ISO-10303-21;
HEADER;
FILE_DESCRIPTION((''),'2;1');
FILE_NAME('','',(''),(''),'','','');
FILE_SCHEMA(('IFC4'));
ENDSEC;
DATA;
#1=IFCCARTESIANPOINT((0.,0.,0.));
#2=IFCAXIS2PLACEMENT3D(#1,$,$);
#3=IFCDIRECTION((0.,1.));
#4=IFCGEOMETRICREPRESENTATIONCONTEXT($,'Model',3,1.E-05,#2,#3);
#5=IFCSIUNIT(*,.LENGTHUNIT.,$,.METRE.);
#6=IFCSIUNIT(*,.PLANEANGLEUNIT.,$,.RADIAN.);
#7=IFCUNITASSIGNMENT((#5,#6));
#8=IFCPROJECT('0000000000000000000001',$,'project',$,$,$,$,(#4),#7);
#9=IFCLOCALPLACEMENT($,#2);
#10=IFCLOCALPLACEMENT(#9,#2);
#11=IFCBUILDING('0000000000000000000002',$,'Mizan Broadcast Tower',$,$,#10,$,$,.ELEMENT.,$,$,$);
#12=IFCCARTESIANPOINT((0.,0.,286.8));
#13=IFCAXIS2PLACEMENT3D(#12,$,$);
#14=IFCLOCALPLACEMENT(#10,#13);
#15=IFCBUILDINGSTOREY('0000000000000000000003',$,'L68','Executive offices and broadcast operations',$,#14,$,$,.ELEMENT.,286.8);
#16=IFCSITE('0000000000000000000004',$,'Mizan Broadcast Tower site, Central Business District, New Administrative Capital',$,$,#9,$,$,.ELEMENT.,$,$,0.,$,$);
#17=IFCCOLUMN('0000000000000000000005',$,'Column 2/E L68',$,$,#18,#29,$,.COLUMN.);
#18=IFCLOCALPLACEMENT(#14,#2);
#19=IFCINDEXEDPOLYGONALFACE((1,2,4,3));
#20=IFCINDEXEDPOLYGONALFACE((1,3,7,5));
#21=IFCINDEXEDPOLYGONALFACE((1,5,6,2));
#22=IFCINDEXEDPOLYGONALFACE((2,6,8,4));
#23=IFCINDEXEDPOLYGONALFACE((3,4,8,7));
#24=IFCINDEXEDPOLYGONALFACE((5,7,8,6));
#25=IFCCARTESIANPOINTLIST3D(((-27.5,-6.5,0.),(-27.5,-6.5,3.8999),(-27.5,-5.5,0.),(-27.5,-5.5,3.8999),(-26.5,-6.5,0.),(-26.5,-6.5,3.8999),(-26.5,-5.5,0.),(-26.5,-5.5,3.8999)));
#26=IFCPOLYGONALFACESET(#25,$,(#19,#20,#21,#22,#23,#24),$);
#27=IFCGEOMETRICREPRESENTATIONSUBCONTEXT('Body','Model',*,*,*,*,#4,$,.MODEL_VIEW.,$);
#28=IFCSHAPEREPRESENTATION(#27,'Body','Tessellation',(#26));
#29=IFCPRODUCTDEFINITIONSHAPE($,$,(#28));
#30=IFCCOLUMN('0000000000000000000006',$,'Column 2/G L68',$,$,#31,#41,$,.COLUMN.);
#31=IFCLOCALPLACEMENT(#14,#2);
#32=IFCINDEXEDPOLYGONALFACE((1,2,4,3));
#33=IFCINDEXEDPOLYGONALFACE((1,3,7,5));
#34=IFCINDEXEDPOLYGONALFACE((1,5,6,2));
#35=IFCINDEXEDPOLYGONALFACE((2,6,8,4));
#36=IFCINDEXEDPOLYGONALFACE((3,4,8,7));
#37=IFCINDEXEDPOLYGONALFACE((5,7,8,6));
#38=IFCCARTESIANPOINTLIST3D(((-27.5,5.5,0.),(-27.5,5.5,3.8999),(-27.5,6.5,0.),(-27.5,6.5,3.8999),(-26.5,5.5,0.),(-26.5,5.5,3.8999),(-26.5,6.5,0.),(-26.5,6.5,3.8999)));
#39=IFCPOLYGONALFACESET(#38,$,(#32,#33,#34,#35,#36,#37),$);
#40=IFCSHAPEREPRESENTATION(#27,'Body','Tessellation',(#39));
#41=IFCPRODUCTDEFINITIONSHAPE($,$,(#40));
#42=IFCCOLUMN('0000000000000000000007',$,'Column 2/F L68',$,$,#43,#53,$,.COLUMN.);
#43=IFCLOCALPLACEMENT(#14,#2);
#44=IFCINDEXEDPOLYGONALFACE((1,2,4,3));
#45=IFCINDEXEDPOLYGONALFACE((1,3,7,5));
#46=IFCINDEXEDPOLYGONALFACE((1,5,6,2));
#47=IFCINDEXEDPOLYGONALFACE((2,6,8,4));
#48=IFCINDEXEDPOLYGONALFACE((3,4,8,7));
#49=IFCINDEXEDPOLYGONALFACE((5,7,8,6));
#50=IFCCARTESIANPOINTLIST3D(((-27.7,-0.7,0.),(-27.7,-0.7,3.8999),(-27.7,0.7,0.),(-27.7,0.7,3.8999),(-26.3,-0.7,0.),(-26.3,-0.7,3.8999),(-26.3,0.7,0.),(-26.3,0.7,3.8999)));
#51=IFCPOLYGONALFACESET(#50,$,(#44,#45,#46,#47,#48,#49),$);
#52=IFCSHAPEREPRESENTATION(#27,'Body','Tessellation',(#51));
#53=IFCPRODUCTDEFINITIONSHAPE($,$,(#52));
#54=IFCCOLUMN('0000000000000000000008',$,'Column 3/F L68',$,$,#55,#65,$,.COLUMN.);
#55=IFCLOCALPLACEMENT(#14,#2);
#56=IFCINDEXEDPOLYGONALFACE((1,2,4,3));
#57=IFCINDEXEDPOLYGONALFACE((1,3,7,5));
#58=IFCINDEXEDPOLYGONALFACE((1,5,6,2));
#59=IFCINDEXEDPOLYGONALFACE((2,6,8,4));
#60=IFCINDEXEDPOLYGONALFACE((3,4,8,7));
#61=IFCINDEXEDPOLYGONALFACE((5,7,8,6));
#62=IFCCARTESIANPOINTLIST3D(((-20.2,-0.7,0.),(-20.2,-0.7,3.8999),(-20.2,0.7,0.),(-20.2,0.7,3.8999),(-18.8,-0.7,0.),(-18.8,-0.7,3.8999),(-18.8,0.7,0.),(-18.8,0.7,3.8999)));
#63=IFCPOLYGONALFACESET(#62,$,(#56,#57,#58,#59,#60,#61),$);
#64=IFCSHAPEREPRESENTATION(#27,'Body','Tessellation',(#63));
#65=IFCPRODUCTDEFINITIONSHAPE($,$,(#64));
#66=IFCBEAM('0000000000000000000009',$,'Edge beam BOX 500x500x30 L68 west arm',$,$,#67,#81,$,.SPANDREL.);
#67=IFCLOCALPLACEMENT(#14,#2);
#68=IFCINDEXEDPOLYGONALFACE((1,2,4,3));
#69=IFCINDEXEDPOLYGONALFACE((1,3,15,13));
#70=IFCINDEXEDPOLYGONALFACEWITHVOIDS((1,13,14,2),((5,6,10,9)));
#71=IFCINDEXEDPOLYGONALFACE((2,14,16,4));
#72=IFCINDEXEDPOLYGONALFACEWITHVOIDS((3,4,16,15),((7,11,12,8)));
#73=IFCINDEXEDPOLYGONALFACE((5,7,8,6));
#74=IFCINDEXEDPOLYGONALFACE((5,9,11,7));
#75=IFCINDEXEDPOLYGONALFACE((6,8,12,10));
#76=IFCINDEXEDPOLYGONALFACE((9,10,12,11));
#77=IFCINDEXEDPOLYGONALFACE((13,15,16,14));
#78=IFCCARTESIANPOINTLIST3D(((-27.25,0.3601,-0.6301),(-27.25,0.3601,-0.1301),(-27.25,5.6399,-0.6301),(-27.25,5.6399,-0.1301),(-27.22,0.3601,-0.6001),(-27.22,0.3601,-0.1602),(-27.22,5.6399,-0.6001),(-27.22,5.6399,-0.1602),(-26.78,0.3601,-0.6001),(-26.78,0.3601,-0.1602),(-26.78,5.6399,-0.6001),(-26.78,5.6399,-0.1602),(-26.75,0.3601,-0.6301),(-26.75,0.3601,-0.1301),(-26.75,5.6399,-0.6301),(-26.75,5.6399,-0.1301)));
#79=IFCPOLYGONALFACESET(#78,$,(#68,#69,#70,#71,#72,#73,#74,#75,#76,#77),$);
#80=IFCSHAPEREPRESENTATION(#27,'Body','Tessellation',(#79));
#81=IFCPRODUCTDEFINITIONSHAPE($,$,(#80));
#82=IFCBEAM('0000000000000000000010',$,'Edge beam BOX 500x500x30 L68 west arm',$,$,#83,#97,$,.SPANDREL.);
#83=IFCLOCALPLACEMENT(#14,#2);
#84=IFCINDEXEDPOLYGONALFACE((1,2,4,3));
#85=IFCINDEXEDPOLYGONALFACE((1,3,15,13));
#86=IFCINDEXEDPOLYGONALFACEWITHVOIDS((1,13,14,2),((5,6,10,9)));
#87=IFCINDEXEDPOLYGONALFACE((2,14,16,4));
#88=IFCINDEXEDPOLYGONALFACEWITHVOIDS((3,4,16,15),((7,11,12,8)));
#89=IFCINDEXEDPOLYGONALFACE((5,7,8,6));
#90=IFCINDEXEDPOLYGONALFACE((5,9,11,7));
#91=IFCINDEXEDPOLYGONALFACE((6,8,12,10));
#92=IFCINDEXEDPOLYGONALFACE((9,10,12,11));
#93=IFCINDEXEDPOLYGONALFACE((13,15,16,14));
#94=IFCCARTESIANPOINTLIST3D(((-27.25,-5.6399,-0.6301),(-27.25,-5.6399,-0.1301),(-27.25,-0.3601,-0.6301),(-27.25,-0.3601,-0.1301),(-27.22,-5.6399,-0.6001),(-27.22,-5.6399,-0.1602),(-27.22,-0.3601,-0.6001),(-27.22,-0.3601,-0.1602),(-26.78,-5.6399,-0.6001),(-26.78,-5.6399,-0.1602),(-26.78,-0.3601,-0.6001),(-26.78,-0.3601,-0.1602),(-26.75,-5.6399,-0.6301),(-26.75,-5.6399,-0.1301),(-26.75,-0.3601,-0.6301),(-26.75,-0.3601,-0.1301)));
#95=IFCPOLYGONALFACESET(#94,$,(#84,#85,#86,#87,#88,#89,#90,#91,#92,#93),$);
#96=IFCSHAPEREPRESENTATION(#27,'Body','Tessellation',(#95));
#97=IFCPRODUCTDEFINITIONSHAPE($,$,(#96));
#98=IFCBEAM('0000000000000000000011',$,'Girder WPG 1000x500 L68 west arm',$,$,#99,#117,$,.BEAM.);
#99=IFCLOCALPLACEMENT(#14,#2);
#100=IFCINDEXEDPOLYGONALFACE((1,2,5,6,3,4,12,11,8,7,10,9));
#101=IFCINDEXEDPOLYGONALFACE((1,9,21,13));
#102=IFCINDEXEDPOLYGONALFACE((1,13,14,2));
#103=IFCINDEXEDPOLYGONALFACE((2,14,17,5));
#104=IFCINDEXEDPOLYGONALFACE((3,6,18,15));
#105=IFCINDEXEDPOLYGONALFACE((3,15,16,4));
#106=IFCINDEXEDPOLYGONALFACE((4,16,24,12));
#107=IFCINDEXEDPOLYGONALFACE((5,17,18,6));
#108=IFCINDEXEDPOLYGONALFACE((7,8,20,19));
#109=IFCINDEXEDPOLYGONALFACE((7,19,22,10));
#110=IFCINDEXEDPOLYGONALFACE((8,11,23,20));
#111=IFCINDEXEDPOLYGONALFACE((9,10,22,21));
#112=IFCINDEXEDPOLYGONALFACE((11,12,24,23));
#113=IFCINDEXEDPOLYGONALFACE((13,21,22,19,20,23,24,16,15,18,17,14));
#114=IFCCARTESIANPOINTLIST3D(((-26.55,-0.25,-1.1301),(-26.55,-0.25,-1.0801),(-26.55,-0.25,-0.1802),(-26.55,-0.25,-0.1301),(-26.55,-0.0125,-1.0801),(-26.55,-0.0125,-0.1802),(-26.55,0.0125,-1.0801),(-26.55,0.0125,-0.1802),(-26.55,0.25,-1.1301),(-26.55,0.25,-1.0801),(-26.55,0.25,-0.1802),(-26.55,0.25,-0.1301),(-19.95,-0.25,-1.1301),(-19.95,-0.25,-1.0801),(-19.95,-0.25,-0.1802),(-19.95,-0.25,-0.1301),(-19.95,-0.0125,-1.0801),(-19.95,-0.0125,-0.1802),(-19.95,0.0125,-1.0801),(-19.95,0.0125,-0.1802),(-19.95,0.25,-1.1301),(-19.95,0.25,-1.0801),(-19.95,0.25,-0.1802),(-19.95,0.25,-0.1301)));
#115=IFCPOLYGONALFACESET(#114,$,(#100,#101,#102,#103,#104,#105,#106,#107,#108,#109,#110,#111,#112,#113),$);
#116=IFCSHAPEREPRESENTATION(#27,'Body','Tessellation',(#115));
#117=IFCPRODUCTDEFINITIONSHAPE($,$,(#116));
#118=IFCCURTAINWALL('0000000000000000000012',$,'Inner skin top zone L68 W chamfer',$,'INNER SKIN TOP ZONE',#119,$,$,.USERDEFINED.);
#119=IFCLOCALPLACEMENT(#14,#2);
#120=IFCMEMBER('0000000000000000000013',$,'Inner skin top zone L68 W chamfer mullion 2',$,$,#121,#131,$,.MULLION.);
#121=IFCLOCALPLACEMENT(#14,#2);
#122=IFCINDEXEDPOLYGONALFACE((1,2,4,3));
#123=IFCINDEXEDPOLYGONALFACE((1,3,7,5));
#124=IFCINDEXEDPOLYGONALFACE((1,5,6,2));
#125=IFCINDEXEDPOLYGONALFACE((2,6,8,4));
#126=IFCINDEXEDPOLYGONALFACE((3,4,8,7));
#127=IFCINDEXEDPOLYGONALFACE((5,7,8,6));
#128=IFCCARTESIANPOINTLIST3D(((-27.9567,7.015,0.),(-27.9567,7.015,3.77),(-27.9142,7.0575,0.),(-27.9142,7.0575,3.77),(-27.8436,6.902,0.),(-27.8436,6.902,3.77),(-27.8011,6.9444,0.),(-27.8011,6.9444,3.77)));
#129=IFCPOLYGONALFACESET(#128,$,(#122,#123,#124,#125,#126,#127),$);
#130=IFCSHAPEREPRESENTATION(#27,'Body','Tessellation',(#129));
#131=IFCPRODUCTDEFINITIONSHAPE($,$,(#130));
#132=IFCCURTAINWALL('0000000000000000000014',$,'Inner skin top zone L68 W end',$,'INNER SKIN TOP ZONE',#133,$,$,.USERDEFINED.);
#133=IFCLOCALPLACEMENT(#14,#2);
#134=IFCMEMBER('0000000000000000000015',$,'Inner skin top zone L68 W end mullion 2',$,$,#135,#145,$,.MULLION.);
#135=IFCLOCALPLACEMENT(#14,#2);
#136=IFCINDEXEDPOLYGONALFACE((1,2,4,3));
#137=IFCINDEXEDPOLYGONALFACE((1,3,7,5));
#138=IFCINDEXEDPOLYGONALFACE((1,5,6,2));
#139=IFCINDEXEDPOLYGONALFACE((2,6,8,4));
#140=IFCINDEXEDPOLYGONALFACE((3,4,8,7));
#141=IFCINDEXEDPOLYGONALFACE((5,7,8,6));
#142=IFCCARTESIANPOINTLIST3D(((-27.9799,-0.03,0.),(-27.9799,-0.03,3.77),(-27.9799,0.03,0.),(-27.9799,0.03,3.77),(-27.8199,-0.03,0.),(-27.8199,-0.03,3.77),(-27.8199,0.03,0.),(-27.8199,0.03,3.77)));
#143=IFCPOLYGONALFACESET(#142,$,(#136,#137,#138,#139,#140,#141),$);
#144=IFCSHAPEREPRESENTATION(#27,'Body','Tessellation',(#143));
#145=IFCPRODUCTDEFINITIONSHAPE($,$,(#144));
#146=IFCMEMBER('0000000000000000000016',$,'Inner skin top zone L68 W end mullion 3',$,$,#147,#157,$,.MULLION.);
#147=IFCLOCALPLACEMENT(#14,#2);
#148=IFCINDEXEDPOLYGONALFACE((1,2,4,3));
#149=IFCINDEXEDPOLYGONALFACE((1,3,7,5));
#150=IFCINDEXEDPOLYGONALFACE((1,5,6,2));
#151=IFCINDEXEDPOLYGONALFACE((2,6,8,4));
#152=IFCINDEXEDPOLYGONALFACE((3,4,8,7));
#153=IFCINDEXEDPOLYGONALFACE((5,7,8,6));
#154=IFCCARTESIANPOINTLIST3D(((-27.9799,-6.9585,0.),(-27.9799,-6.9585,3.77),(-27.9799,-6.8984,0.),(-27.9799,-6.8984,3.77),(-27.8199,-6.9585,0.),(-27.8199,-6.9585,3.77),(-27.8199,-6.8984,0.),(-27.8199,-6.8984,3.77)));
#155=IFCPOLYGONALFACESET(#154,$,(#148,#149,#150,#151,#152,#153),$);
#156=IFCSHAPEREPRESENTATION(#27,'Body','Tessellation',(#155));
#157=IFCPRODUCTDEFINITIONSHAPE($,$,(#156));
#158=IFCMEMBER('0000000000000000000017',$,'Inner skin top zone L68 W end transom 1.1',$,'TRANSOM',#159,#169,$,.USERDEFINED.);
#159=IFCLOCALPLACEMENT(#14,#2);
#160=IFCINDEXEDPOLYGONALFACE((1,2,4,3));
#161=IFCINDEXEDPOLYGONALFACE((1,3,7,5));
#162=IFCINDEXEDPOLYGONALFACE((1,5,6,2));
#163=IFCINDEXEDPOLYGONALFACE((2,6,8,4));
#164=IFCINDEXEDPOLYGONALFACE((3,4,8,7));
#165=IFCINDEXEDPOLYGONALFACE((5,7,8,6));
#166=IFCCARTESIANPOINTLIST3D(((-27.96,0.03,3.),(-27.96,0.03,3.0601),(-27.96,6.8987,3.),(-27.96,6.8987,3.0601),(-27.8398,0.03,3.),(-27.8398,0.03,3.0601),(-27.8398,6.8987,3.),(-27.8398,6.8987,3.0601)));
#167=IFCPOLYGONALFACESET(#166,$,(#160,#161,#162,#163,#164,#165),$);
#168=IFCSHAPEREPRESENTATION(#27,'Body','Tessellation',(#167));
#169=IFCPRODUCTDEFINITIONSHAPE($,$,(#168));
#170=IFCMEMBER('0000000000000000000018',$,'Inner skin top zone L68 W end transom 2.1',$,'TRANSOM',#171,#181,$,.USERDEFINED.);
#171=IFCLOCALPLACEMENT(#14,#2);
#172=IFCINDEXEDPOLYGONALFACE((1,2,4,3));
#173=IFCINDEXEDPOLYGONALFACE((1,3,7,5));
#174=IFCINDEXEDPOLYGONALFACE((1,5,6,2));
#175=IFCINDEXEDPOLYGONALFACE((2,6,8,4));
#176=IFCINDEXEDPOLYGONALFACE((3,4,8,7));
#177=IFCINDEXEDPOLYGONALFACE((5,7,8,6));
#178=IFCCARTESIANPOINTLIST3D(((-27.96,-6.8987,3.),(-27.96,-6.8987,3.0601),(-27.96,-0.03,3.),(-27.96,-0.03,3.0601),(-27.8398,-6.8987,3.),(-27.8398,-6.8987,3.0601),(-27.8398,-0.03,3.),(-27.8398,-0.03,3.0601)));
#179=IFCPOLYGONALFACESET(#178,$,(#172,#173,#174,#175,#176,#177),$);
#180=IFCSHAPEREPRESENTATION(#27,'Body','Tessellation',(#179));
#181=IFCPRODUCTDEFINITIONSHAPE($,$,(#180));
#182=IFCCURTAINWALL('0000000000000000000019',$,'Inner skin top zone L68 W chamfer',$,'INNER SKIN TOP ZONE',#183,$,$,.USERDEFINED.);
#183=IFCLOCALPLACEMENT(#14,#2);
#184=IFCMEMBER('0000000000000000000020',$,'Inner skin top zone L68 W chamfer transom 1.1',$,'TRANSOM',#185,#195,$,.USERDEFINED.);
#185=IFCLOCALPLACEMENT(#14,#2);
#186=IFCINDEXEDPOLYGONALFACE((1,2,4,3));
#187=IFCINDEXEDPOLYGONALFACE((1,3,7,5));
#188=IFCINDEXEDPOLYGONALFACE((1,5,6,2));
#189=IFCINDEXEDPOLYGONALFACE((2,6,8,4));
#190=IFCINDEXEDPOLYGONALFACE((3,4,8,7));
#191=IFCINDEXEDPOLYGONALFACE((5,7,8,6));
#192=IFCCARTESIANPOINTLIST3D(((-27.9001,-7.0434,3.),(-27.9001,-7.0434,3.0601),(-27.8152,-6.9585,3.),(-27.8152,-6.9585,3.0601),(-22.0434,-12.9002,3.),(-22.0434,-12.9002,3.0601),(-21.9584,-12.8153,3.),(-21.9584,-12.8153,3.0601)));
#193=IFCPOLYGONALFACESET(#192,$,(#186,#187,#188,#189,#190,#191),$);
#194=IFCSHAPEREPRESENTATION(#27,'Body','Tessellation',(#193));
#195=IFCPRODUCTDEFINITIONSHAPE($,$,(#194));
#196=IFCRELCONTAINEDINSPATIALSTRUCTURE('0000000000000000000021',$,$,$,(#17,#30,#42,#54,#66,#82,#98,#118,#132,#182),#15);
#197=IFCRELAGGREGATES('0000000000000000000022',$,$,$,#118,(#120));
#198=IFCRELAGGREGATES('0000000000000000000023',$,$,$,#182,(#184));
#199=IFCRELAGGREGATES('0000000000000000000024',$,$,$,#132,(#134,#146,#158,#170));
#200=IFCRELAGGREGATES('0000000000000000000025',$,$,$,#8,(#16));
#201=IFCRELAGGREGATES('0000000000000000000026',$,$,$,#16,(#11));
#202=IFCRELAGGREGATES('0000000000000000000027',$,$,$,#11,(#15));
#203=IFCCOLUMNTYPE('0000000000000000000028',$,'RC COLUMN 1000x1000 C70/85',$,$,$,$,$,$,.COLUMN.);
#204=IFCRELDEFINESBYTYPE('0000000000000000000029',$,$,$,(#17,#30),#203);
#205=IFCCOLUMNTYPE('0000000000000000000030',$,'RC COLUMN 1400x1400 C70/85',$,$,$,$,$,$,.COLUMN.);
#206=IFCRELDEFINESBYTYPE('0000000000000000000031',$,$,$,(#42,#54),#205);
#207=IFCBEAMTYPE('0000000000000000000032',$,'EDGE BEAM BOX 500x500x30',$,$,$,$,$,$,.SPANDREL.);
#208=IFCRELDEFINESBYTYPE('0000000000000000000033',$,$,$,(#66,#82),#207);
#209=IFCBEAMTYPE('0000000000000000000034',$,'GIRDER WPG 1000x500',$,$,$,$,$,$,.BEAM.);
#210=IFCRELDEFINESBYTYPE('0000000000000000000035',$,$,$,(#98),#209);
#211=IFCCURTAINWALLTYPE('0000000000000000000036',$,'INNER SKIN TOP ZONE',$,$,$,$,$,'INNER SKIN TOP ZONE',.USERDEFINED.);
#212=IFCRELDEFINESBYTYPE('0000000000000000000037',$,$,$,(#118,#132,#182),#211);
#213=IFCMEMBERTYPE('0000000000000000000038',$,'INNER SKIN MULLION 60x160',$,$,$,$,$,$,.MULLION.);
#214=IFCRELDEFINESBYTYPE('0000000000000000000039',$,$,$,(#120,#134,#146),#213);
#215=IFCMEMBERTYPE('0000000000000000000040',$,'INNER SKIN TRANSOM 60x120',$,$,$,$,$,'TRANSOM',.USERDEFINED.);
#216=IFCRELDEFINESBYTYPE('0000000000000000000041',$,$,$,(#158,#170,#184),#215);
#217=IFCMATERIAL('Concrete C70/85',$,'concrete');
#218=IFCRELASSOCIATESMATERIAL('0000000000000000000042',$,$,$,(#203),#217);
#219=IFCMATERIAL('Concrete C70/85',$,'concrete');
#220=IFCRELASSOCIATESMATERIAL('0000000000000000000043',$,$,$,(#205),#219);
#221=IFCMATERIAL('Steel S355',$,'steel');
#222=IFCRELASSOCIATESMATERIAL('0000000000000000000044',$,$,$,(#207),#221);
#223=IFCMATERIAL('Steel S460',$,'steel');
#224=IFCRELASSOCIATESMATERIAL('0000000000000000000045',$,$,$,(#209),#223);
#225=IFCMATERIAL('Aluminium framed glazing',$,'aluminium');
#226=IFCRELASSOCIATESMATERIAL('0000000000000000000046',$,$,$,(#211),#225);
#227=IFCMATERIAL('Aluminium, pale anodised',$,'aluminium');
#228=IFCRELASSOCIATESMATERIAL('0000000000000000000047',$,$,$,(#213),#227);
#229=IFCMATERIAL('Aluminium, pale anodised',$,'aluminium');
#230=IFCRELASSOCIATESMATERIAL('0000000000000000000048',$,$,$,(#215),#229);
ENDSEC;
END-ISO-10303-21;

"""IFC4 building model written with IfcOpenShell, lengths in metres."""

from ifc_helpers import new_model, si_unit, direction, frame, origin, origin_2d, place, context, subcontext, project, spatial, rectangle, hollow_rectangle, i_section, extrude, material, material_profile, profile_set, type_object, element, aggregate, save


model = new_model("IFC4")

# Units and contexts
model_context = context("Model", 3, precision=1e-05, world=origin(), true_north=direction((0.0, 1.0)))
body_context = subcontext(model_context, "Body", "Model", "MODEL_VIEW")
ifc_project = project(units=[si_unit("LENGTHUNIT", "METRE"), si_unit("PLANEANGLEUNIT", "RADIAN")], contexts=[model_context])

# Site, building, storey
site_placement = place(None, origin())
site = spatial("IfcSite", under=ifc_project, at=site_placement, Name="Mizan Broadcast Tower site, Central Business District, New Administrative Capital", CompositionType="ELEMENT", RefElevation=0.0)
building_placement = place(site_placement, origin())
building = spatial("IfcBuilding", under=site, at=building_placement, Name="Mizan Broadcast Tower", CompositionType="ELEMENT")
storey_placement = place(building_placement, frame((0.0, 0.0, 286.8)))
storey = spatial("IfcBuildingStorey", under=building, at=storey_placement, Name="L68", Description="Executive offices and broadcast operations", CompositionType="ELEMENT", Elevation=286.8)

# Columns
ifc_material_1 = material(Name="Concrete C70/85", Category="concrete")
ifc_material_profile_1 = material_profile(ifc_material_1, rectangle(XDim=1.0, YDim=1.0, at=origin_2d()), Name="RC 1000x1000")
ifc_profile_set_1 = profile_set([ifc_material_profile_1], Name="Concrete C70/85")
column_type_1 = type_object("IfcColumnType", Name="RC COLUMN 1000x1000 C70/85", PredefinedType="COLUMN", material=ifc_profile_set_1)
for number, where, z_axis, x_axis, name in (
    (1, (-27.0, -6.0, 0.0), (0.0, 0.0, 1.0), (1.0, 0.0, 0.0), "Column 2/E L68"),
    (2, (-27.0, 6.0, 0.0), (0.0, 0.0, 1.0), (1.0, 0.0, 0.0), "Column 2/G L68"),
):
    element("IfcColumn", number, at=place(storey_placement, frame(where, z_axis=z_axis, x_axis=x_axis)), inside=storey, type_object=column_type_1, Name=name, PredefinedType="COLUMN", context=body_context, shape_type="SweptSolid", body=[
        extrude(rectangle(XDim=1.0, YDim=1.0, at=origin_2d()), origin(), (0.0, 0.0, 1.0), 3.8999),
    ])
ifc_material_2 = material(Name="Concrete C70/85", Category="concrete")
ifc_material_profile_2 = material_profile(ifc_material_2, rectangle(XDim=1.3999, YDim=1.3999, at=origin_2d()), Name="RC 1400x1400")
ifc_profile_set_2 = profile_set([ifc_material_profile_2], Name="Concrete C70/85")
column_type_2 = type_object("IfcColumnType", Name="RC COLUMN 1400x1400 C70/85", PredefinedType="COLUMN", material=ifc_profile_set_2)
for number, where, z_axis, x_axis, name in (
    (3, (-27.0, 0.0, 0.0), (0.0, 0.0, 1.0), (1.0, 0.0, 0.0), "Column 2/F L68"),
    (4, (-19.5, 0.0, 0.0), (0.0, 0.0, 1.0), (1.0, 0.0, 0.0), "Column 3/F L68"),
):
    element("IfcColumn", number, at=place(storey_placement, frame(where, z_axis=z_axis, x_axis=x_axis)), inside=storey, type_object=column_type_2, Name=name, PredefinedType="COLUMN", context=body_context, shape_type="SweptSolid", body=[
        extrude(rectangle(XDim=1.3999, YDim=1.3999, at=origin_2d()), origin(), (0.0, 0.0, 1.0), 3.8999),
    ])

# Beams
ifc_material_3 = material(Name="Steel S355", Category="steel")
ifc_material_profile_3 = material_profile(ifc_material_3, hollow_rectangle(XDim=0.5, YDim=0.5, WallThickness=0.03, at=origin_2d()), Name="BOX 500x500x30")
ifc_profile_set_3 = profile_set([ifc_material_profile_3], Name="Steel S355")
beam_type_1 = type_object("IfcBeamType", Name="EDGE BEAM BOX 500x500x30", PredefinedType="SPANDREL", material=ifc_profile_set_3)
for number, where, z_axis, x_axis, name in (
    (5, (-27.0, 5.6399, -0.3801), (0.0, -1.0, 0.0), (1.0, 0.0, 0.0), "Edge beam BOX 500x500x30 L68 west arm"),
    (6, (-27.0, -5.6399, -0.3801), (0.0, 1.0, 0.0), (-1.0, 0.0, 0.0), "Edge beam BOX 500x500x30 L68 west arm"),
):
    element("IfcBeam", number, at=place(storey_placement, frame(where, z_axis=z_axis, x_axis=x_axis)), inside=storey, type_object=beam_type_1, Name=name, PredefinedType="SPANDREL", context=body_context, shape_type="SweptSolid", body=[
        extrude(hollow_rectangle(XDim=0.5, YDim=0.5, WallThickness=0.03, at=origin_2d()), origin(), (0.0, 0.0, 1.0), 5.2798),
    ])
ifc_material_4 = material(Name="Steel S460", Category="steel")
ifc_material_profile_4 = material_profile(ifc_material_4, i_section(OverallWidth=0.5, OverallDepth=1.0, WebThickness=0.0249, FlangeThickness=0.05, at=origin_2d()), Name="WPG 1000x500")
ifc_profile_set_4 = profile_set([ifc_material_profile_4], Name="Steel S460")
beam_type_2 = type_object("IfcBeamType", Name="GIRDER WPG 1000x500", PredefinedType="BEAM", material=ifc_profile_set_4)
beam_placement = place(storey_placement, frame((-19.95, 0.0, -0.6301), z_axis=(-1.0, 0.0, 0.0), x_axis=(0.0, -1.0, 0.0)))
element("IfcBeam", 7, at=beam_placement, inside=storey, type_object=beam_type_2, Name="Girder WPG 1000x500 L68 west arm", PredefinedType="BEAM", context=body_context, shape_type="SweptSolid", body=[
    extrude(i_section(OverallWidth=0.5, OverallDepth=1.0, WebThickness=0.0249, FlangeThickness=0.05, at=origin_2d()), origin(), (0.0, 0.0, 1.0), 6.6001),
])

# Curtain wall, member
ifc_material_5 = material(Name="Aluminium framed glazing", Category="aluminium")
curtain_wall_type_1 = type_object("IfcCurtainWallType", Name="INNER SKIN TOP ZONE", ElementType="INNER SKIN TOP ZONE", PredefinedType="USERDEFINED", material=ifc_material_5)
curtain_wall_1_placement = place(storey_placement, origin())
curtain_wall_1 = element("IfcCurtainWall", 8, at=curtain_wall_1_placement, inside=storey, type_object=curtain_wall_type_1, Name="Inner skin top zone L68 W chamfer", ObjectType="INNER SKIN TOP ZONE", PredefinedType="USERDEFINED")
ifc_material_6 = material(Name="Aluminium, pale anodised", Category="aluminium")
ifc_material_profile_5 = material_profile(ifc_material_6, rectangle(XDim=0.1599, YDim=0.0601, at=origin_2d()), Name="MULLION 160x60")
ifc_profile_set_5 = profile_set([ifc_material_profile_5], Name="Aluminium, pale anodised")
member_type_1 = type_object("IfcMemberType", Name="INNER SKIN MULLION 60x160", PredefinedType="MULLION", material=ifc_profile_set_5)
member_1_placement = place(storey_placement, frame((-27.8789, 6.9797, 0.0), z_axis=(0.0, 0.0, 1.0), x_axis=(0.707107, -0.707107, 0.0)))
member_1 = element("IfcMember", 9, at=member_1_placement, type_object=member_type_1, Name="Inner skin top zone L68 W chamfer mullion 2", PredefinedType="MULLION", context=body_context, shape_type="SweptSolid", body=[
    extrude(rectangle(XDim=0.1599, YDim=0.0601, at=origin_2d()), origin(), (0.0, 0.0, 1.0), 3.77),
])
aggregate(curtain_wall_1, [member_1])

# Curtain wall, members
curtain_wall_2_placement = place(storey_placement, origin())
curtain_wall_2 = element("IfcCurtainWall", 10, at=curtain_wall_2_placement, inside=storey, type_object=curtain_wall_type_1, Name="Inner skin top zone L68 W end", ObjectType="INNER SKIN TOP ZONE", PredefinedType="USERDEFINED")
member_2_placement = place(storey_placement, frame((-27.8999, 0.0, 0.0), z_axis=(0.0, 0.0, 1.0), x_axis=(1.0, 0.0, 0.0)))
member_2 = element("IfcMember", 11, at=member_2_placement, type_object=member_type_1, Name="Inner skin top zone L68 W end mullion 2", PredefinedType="MULLION", context=body_context, shape_type="SweptSolid", body=[
    extrude(rectangle(XDim=0.1599, YDim=0.0601, at=origin_2d()), origin(), (0.0, 0.0, 1.0), 3.77),
])
member_3_placement = place(storey_placement, frame((-27.8999, -6.9285, 0.0), z_axis=(0.0, 0.0, 1.0), x_axis=(1.0, 0.0, 0.0)))
member_3 = element("IfcMember", 12, at=member_3_placement, type_object=member_type_1, Name="Inner skin top zone L68 W end mullion 3", PredefinedType="MULLION", context=body_context, shape_type="SweptSolid", body=[
    extrude(rectangle(XDim=0.1599, YDim=0.0601, at=origin_2d()), origin(), (0.0, 0.0, 1.0), 3.77),
])
ifc_material_7 = material(Name="Aluminium, pale anodised", Category="aluminium")
ifc_material_profile_6 = material_profile(ifc_material_7, rectangle(XDim=0.1201, YDim=0.0601, at=origin_2d()), Name="TRANSOM 120x60")
ifc_profile_set_6 = profile_set([ifc_material_profile_6], Name="Aluminium, pale anodised")
member_type_2 = type_object("IfcMemberType", Name="INNER SKIN TRANSOM 60x120", ElementType="TRANSOM", PredefinedType="USERDEFINED", material=ifc_profile_set_6)
member_4_placement = place(storey_placement, frame((-27.8999, 6.8987, 3.03), z_axis=(0.0, -1.0, 0.0), x_axis=(1.0, 0.0, 0.0)))
member_4 = element("IfcMember", 13, at=member_4_placement, type_object=member_type_2, Name="Inner skin top zone L68 W end transom 1.1", ObjectType="TRANSOM", PredefinedType="USERDEFINED", context=body_context, shape_type="SweptSolid", body=[
    extrude(rectangle(XDim=0.1201, YDim=0.0601, at=origin_2d()), origin(), (0.0, 0.0, 1.0), 6.8687),
])
member_5_placement = place(storey_placement, frame((-27.8999, -0.03, 3.03), z_axis=(0.0, -1.0, 0.0), x_axis=(1.0, 0.0, 0.0)))
member_5 = element("IfcMember", 14, at=member_5_placement, type_object=member_type_2, Name="Inner skin top zone L68 W end transom 2.1", ObjectType="TRANSOM", PredefinedType="USERDEFINED", context=body_context, shape_type="SweptSolid", body=[
    extrude(rectangle(XDim=0.1201, YDim=0.0601, at=origin_2d()), origin(), (0.0, 0.0, 1.0), 6.8687),
])

# Curtain wall, member
curtain_wall_3_placement = place(storey_placement, origin())
curtain_wall_3 = element("IfcCurtainWall", 15, at=curtain_wall_3_placement, inside=storey, type_object=curtain_wall_type_1, Name="Inner skin top zone L68 W chamfer", ObjectType="INNER SKIN TOP ZONE", PredefinedType="USERDEFINED")
member_6_placement = place(storey_placement, frame((-27.8577, -7.001, 3.03), z_axis=(0.707107, -0.707107, 0.0), x_axis=(0.707107, 0.707107, 0.0)))
member_6 = element("IfcMember", 16, at=member_6_placement, type_object=member_type_2, Name="Inner skin top zone L68 W chamfer transom 1.1", ObjectType="TRANSOM", PredefinedType="USERDEFINED", context=body_context, shape_type="SweptSolid", body=[
    extrude(rectangle(XDim=0.1201, YDim=0.0601, at=origin_2d()), origin(), (0.0, 0.0, 1.0), 8.2827),
])
aggregate(curtain_wall_3, [member_6])

aggregate(curtain_wall_2, [member_2, member_3, member_4, member_5])

save(model, "model.ifc")
